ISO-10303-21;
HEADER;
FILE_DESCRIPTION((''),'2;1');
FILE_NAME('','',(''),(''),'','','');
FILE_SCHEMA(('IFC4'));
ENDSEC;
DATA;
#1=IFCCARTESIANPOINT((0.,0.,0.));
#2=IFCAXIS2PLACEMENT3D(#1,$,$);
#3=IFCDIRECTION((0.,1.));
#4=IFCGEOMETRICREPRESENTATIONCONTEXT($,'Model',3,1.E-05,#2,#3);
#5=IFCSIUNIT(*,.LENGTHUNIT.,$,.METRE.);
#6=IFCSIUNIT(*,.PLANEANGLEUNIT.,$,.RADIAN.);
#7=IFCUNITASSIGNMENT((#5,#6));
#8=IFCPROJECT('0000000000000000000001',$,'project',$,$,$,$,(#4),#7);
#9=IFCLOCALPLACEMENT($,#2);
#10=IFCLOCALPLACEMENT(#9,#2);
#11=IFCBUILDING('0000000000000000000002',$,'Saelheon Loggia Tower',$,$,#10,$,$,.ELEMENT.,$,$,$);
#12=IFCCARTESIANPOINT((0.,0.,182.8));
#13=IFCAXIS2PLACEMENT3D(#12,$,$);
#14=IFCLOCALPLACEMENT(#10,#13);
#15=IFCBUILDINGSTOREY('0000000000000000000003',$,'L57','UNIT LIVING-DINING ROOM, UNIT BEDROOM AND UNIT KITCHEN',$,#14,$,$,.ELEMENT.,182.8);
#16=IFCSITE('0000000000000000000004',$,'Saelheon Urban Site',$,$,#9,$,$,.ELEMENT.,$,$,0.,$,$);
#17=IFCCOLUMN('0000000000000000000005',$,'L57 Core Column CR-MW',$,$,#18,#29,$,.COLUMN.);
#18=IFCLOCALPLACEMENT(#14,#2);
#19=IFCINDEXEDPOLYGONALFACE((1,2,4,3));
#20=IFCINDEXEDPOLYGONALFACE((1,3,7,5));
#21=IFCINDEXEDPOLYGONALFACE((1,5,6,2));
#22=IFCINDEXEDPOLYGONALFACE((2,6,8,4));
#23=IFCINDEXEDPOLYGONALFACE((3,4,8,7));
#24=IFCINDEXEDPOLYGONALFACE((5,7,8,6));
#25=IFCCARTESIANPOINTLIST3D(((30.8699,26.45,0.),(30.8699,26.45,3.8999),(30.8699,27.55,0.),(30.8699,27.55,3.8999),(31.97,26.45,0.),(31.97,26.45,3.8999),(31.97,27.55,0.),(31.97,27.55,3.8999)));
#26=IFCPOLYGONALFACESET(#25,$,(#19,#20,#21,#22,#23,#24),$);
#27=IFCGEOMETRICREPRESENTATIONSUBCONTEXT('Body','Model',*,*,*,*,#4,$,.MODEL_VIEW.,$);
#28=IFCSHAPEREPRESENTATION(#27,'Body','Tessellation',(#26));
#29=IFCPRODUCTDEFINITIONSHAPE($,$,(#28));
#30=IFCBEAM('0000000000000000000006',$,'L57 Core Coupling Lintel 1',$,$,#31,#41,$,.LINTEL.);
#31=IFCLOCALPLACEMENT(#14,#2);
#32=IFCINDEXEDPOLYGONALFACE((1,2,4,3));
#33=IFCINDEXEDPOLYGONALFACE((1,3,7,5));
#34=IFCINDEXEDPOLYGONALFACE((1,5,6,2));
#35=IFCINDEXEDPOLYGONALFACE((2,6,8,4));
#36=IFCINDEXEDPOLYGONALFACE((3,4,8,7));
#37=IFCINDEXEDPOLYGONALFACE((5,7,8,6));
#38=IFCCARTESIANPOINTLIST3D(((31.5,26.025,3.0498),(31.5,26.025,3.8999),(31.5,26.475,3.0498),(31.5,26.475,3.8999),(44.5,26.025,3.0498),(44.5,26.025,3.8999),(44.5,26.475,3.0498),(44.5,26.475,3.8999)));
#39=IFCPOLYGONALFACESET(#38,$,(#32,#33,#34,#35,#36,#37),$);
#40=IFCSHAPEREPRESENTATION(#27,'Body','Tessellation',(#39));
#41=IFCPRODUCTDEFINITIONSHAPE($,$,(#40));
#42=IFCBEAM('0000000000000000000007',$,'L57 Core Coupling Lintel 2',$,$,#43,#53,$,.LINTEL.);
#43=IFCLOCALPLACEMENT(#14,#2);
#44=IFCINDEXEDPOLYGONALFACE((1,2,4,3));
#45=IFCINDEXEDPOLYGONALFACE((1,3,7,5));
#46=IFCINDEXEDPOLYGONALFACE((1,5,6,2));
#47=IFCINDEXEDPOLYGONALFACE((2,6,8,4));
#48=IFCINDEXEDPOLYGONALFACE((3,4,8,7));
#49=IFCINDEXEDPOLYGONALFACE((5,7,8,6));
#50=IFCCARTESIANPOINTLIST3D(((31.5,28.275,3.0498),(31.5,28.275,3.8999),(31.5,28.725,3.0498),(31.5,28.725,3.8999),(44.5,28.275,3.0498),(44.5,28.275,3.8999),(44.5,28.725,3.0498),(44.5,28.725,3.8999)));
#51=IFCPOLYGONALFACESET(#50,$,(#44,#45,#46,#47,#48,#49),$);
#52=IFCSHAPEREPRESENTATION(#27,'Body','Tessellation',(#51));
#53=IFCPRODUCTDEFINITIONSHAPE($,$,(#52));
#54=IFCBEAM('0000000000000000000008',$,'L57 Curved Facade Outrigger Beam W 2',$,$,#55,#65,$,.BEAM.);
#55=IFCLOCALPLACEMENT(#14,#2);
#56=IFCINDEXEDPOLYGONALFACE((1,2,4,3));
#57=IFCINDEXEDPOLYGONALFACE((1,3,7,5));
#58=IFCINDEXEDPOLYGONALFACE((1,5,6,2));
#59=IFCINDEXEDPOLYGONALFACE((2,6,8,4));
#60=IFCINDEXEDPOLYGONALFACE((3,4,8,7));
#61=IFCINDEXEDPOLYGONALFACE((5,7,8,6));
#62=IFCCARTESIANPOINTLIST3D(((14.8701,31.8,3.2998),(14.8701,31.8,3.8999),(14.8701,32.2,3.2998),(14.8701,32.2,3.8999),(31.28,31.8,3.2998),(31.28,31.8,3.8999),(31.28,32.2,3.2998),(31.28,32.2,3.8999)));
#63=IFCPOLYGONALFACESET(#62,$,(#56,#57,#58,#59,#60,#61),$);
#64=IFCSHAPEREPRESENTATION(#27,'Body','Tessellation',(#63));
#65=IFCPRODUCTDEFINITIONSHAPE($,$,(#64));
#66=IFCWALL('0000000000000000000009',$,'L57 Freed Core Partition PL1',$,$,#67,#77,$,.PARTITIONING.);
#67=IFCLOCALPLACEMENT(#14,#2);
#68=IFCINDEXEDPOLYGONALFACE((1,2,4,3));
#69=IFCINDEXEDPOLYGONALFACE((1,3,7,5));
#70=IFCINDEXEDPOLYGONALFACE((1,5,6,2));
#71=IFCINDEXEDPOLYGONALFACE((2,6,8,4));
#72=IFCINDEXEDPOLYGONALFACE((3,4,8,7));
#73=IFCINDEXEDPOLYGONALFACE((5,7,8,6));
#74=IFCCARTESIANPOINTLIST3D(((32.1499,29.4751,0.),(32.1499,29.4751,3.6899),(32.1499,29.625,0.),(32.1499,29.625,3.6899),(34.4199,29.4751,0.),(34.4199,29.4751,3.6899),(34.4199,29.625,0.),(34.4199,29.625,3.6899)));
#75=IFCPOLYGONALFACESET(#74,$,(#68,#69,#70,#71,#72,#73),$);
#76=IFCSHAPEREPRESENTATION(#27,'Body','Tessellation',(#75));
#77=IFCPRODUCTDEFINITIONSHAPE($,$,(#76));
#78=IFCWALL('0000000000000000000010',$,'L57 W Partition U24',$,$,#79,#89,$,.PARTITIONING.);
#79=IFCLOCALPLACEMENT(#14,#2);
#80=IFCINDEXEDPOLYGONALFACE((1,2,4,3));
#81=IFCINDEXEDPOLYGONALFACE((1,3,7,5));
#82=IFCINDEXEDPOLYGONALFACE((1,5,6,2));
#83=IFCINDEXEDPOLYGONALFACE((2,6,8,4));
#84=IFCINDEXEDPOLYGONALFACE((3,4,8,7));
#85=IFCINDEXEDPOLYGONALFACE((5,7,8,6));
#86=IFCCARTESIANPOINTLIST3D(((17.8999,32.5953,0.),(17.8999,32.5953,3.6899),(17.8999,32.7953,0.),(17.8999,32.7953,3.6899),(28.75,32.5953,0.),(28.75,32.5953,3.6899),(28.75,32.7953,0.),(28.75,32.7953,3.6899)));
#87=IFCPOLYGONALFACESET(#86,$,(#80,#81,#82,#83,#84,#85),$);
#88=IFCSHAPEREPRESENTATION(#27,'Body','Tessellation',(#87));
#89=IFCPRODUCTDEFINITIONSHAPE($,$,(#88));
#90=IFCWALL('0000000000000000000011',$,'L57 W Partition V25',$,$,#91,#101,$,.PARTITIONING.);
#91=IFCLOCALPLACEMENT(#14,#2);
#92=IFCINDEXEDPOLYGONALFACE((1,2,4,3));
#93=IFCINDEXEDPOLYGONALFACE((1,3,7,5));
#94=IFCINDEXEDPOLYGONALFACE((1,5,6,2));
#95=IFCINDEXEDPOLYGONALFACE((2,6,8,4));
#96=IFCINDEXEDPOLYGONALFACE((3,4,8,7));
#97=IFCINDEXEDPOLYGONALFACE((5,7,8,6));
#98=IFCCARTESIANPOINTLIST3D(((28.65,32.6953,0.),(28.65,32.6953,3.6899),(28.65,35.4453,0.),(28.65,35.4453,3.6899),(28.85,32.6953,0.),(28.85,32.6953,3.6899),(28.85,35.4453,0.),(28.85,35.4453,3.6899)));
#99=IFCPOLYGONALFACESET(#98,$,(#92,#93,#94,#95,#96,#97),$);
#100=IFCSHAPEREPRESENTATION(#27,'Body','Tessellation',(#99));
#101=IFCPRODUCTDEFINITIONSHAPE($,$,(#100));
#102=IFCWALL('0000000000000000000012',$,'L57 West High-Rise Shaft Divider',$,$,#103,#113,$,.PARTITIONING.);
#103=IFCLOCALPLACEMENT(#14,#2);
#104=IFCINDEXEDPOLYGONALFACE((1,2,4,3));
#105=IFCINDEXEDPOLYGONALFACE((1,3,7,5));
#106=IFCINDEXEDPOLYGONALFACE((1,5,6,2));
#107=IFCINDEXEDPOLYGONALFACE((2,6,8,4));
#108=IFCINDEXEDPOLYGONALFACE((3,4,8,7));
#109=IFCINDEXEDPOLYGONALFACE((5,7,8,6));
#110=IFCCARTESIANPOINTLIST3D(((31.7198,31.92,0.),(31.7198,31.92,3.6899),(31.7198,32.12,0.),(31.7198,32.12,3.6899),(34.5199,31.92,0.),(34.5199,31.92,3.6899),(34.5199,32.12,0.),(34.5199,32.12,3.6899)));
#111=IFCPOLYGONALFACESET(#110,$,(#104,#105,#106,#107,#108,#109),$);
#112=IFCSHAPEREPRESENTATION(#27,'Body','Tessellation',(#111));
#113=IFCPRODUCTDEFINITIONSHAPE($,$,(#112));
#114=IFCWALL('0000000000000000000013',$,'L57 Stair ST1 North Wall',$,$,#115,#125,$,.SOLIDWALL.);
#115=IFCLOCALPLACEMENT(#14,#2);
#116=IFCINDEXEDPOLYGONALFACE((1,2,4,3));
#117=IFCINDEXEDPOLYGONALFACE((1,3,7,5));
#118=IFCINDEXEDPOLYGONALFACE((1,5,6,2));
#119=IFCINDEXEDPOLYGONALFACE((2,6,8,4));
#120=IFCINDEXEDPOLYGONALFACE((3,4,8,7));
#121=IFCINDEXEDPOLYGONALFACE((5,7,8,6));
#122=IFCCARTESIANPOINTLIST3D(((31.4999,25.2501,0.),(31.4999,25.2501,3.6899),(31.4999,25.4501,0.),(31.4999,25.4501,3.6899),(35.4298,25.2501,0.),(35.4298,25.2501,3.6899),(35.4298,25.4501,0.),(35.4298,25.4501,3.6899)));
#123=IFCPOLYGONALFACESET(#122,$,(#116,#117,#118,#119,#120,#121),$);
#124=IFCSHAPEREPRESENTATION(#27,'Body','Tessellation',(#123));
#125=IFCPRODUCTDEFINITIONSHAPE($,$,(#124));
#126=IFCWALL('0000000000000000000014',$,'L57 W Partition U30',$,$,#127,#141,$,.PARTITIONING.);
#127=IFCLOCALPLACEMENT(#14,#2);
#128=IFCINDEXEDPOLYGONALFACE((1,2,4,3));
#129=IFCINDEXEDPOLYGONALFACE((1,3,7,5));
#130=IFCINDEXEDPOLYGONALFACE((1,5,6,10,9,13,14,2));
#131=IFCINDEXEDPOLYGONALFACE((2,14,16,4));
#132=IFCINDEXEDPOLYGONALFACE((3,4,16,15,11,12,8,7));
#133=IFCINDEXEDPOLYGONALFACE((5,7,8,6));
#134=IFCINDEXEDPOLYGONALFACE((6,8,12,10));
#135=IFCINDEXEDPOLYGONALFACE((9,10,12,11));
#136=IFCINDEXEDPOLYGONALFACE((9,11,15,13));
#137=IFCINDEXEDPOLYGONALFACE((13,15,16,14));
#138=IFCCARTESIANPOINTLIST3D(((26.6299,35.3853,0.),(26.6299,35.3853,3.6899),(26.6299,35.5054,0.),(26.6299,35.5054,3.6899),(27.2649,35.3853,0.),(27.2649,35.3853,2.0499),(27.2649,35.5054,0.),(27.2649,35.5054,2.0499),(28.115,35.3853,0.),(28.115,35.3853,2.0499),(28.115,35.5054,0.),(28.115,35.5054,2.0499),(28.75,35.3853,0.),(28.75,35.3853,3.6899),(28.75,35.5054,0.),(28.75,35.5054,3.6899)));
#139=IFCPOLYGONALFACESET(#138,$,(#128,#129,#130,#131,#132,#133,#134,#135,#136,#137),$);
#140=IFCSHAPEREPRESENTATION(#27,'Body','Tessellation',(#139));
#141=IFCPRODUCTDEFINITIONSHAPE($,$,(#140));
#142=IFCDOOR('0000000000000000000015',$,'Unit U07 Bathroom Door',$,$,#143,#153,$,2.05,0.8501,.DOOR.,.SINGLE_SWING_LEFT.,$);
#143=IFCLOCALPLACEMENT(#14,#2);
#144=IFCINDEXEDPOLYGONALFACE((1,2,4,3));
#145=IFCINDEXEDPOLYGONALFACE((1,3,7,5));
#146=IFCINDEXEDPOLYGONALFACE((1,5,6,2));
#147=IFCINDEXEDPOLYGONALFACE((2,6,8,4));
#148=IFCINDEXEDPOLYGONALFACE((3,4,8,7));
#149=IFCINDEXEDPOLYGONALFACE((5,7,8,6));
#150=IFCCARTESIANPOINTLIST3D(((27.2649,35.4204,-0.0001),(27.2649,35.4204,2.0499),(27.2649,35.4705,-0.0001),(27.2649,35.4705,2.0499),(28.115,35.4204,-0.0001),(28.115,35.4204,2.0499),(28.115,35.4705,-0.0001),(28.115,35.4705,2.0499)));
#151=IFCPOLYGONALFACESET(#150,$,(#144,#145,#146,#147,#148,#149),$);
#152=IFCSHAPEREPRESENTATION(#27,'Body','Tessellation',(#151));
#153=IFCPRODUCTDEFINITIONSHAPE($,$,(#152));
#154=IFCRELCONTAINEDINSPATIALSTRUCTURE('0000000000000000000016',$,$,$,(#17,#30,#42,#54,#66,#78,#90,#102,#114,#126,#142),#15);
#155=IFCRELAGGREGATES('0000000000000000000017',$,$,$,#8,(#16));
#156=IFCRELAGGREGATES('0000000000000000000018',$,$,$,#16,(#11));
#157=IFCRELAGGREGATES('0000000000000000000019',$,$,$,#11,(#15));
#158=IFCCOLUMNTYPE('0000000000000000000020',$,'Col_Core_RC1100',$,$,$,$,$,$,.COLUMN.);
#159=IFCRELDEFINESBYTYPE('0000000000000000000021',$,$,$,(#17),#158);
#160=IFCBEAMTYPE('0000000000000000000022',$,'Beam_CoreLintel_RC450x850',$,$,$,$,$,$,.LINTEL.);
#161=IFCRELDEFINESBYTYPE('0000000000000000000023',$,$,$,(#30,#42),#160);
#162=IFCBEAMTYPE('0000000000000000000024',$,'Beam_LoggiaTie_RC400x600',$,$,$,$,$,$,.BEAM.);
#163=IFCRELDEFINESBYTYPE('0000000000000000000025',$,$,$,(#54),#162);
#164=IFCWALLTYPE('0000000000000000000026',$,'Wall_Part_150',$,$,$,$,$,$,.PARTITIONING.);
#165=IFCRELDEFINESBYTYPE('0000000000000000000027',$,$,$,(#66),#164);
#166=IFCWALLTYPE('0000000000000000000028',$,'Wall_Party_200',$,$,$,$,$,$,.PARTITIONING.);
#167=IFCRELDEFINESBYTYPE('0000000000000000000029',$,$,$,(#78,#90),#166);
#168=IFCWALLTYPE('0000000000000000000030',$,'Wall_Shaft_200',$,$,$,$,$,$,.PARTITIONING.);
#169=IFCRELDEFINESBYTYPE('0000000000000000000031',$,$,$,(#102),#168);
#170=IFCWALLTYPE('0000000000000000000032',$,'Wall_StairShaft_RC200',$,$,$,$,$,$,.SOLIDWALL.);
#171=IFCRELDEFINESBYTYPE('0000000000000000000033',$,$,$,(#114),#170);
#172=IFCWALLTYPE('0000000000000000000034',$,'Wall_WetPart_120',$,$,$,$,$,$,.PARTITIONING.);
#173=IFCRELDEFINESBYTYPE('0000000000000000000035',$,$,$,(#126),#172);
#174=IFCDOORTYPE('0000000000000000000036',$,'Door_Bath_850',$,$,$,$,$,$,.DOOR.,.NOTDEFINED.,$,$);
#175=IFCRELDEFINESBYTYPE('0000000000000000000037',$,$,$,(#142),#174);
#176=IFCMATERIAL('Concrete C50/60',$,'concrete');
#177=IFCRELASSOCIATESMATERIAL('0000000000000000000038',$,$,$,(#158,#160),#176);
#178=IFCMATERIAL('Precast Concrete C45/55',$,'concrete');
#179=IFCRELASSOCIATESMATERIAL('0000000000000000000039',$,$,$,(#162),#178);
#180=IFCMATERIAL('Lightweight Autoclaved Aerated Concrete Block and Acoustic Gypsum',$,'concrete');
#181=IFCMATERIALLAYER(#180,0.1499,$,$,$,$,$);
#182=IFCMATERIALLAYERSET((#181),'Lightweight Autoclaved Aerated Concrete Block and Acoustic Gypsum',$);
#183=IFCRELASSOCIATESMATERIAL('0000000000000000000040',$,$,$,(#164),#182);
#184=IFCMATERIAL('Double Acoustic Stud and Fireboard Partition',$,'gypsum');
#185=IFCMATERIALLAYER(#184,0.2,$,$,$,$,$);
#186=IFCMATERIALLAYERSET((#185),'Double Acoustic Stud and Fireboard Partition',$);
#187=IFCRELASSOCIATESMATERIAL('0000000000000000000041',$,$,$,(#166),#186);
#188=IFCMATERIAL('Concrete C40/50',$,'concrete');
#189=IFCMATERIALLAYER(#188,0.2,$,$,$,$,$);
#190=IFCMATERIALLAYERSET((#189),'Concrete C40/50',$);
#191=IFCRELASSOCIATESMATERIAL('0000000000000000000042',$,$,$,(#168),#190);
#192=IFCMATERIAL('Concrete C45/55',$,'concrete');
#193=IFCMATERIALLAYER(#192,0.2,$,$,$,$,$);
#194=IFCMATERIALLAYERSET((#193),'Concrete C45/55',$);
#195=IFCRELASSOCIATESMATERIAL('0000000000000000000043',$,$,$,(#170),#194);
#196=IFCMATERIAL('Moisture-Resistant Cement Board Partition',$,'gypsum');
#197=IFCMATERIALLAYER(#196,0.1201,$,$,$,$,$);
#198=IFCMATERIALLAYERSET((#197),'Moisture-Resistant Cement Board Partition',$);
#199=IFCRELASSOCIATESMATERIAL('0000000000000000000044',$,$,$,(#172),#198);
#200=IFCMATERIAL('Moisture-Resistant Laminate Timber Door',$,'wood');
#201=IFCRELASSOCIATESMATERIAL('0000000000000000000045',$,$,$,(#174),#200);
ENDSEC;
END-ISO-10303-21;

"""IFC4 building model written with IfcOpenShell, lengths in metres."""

from ifc_helpers import new_model, si_unit, direction, frame, frame_2d, origin, origin_2d, place, context, subcontext, project, spatial, rectangle, extrude, source, transform, mapped, material, layer, layer_set, material_profile, profile_set, type_object, element, fill, save


model = new_model("IFC4")

# Units and contexts
model_context = context("Model", 3, precision=1e-05, world=origin(), true_north=direction((0.0, 1.0)))
body_context = subcontext(model_context, "Body", "Model", "MODEL_VIEW")
ifc_project = project(units=[si_unit("LENGTHUNIT", "METRE"), si_unit("PLANEANGLEUNIT", "RADIAN")], contexts=[model_context])

# Site, building, storey
site_placement = place(None, origin())
site = spatial("IfcSite", under=ifc_project, at=site_placement, Name="Saelheon Urban Site", CompositionType="ELEMENT", RefElevation=0.0)
building_placement = place(site_placement, origin())
building = spatial("IfcBuilding", under=site, at=building_placement, Name="Saelheon Loggia Tower", CompositionType="ELEMENT")
storey_placement = place(building_placement, frame((0.0, 0.0, 182.8)))
storey = spatial("IfcBuildingStorey", under=building, at=storey_placement, Name="L57", Description="UNIT LIVING-DINING ROOM, UNIT BEDROOM AND UNIT KITCHEN", CompositionType="ELEMENT", Elevation=182.8)

# Column
ifc_material_1 = material(Name="Concrete C50/60", Category="concrete")
ifc_material_profile_1 = material_profile(ifc_material_1, rectangle(XDim=1.1001, YDim=1.1001, at=origin_2d()), Name="RC-1100x1100")
ifc_profile_set_1 = profile_set([ifc_material_profile_1], Name="Concrete C50/60")
column_type = type_object("IfcColumnType", Name="Col_Core_RC1100", PredefinedType="COLUMN", material=ifc_profile_set_1)
shared_shape_1 = source(origin(), body_context, "Body", "SweptSolid", [
    extrude(rectangle(XDim=1.1001, YDim=1.1001, at=origin_2d()), origin(), (0.0, 0.0, 1.0), 3.8999),
])
column_placement = place(storey_placement, frame((31.4199, 27.0, 0.0), z_axis=(0.0, 0.0, 1.0), x_axis=(1.0, 0.0, 0.0)))
element("IfcColumn", 1, at=column_placement, inside=storey, type_object=column_type, Name="L57 Core Column CR-MW", PredefinedType="COLUMN", context=body_context, shape_type="MappedRepresentation", body=[
    mapped(shared_shape_1, transform((0.0, 0.0, 0.0), scale=1.0)),
])

# Beams
ifc_material_profile_2 = material_profile(ifc_material_1, rectangle(XDim=0.45, YDim=0.8501, at=origin_2d()), Name="RC-450x850")
ifc_profile_set_2 = profile_set([ifc_material_profile_2], Name="Concrete C50/60")
beam_type_1 = type_object("IfcBeamType", Name="Beam_CoreLintel_RC450x850", PredefinedType="LINTEL", material=ifc_profile_set_2)
shared_shape_2 = source(origin(), body_context, "Body", "SweptSolid", [
    extrude(rectangle(XDim=0.45, YDim=0.8501, at=origin_2d()), origin(), (0.0, 0.0, 1.0), 13.0),
])
for number, where, z_axis, x_axis, name in (
    (2, (31.5, 26.25, 3.4749), (1.0, 0.0, 0.0), (0.0, 1.0, 0.0), "L57 Core Coupling Lintel 1"),
    (3, (31.5, 28.5, 3.4749), (1.0, 0.0, 0.0), (0.0, 1.0, 0.0), "L57 Core Coupling Lintel 2"),
):
    element("IfcBeam", number, at=place(storey_placement, frame(where, z_axis=z_axis, x_axis=x_axis)), inside=storey, type_object=beam_type_1, Name=name, PredefinedType="LINTEL", context=body_context, shape_type="MappedRepresentation", body=[
        mapped(shared_shape_2, transform((0.0, 0.0, 0.0), scale=1.0)),
    ])
ifc_material_2 = material(Name="Precast Concrete C45/55", Category="concrete")
ifc_material_profile_3 = material_profile(ifc_material_2, rectangle(XDim=0.3999, YDim=0.6001, at=origin_2d()), Name="RC-400x600")
ifc_profile_set_3 = profile_set([ifc_material_profile_3], Name="Precast Concrete C45/55")
beam_type_2 = type_object("IfcBeamType", Name="Beam_LoggiaTie_RC400x600", PredefinedType="BEAM", material=ifc_profile_set_3)
shared_shape_3 = source(origin(), body_context, "Body", "SweptSolid", [
    extrude(rectangle(XDim=0.3999, YDim=0.6001, at=origin_2d()), origin(), (0.0, 0.0, 1.0), 16.4099),
])
beam_placement = place(storey_placement, frame((31.28, 32.0, 3.5999), z_axis=(-1.0, 0.0, 0.0), x_axis=(0.0, -1.0, 0.0)))
element("IfcBeam", 4, at=beam_placement, inside=storey, type_object=beam_type_2, Name="L57 Curved Facade Outrigger Beam W 2", PredefinedType="BEAM", context=body_context, shape_type="MappedRepresentation", body=[
    mapped(shared_shape_3, transform((0.0, 0.0, 0.0), scale=1.0)),
])

# Walls
ifc_material_3 = material(Name="Lightweight Autoclaved Aerated Concrete Block and Acoustic Gypsum", Category="concrete")
ifc_layer_1 = layer(ifc_material_3, 0.1499)
ifc_layer_set_1 = layer_set([ifc_layer_1], Name="Lightweight Autoclaved Aerated Concrete Block and Acoustic Gypsum")
wall_type_1 = type_object("IfcWallType", Name="Wall_Part_150", PredefinedType="PARTITIONING", material=ifc_layer_set_1)
wall_1_placement = place(storey_placement, frame((32.1499, 29.55, 0.0), z_axis=(0.0, 0.0, 1.0), x_axis=(1.0, 0.0, 0.0)))
element("IfcWall", 5, at=wall_1_placement, inside=storey, type_object=wall_type_1, Name="L57 Freed Core Partition PL1", PredefinedType="PARTITIONING", context=body_context, shape_type="SweptSolid", body=[
    extrude(rectangle(XDim=2.27, YDim=0.1499, at=frame_2d((1.135, 0.0))), origin(), (0.0, 0.0, 1.0), 3.6899),
])
ifc_material_4 = material(Name="Double Acoustic Stud and Fireboard Partition", Category="gypsum")
ifc_layer_2 = layer(ifc_material_4, 0.2)
ifc_layer_set_2 = layer_set([ifc_layer_2], Name="Double Acoustic Stud and Fireboard Partition")
wall_type_2 = type_object("IfcWallType", Name="Wall_Party_200", PredefinedType="PARTITIONING", material=ifc_layer_set_2)
wall_2_placement = place(storey_placement, frame((28.75, 32.6953, 0.0), z_axis=(0.0, 0.0, 1.0), x_axis=(-1.0, 0.0, 0.0)))
element("IfcWall", 6, at=wall_2_placement, inside=storey, type_object=wall_type_2, Name="L57 W Partition U24", PredefinedType="PARTITIONING", context=body_context, shape_type="SweptSolid", body=[
    extrude(rectangle(XDim=10.8501, YDim=0.2, at=frame_2d((5.425, 0.0))), origin(), (0.0, 0.0, 1.0), 3.6899),
])
wall_3_placement = place(storey_placement, frame((28.75, 32.6953, 0.0), z_axis=(0.0, 0.0, 1.0), x_axis=(0.0, 1.0, 0.0)))
element("IfcWall", 7, at=wall_3_placement, inside=storey, type_object=wall_type_2, Name="L57 W Partition V25", PredefinedType="PARTITIONING", context=body_context, shape_type="SweptSolid", body=[
    extrude(rectangle(XDim=2.75, YDim=0.2, at=frame_2d((1.375, 0.0))), origin(), (0.0, 0.0, 1.0), 3.6899),
])

# Shared definitions
ifc_material_5 = material(Name="Concrete C40/50", Category="concrete")
ifc_layer_3 = layer(ifc_material_5, 0.2)
ifc_layer_set_3 = layer_set([ifc_layer_3], Name="Concrete C40/50")
wall_type_3 = type_object("IfcWallType", Name="Wall_Shaft_200", PredefinedType="PARTITIONING", material=ifc_layer_set_3)

# Walls
wall_4_placement = place(storey_placement, frame((31.72, 32.02, 0.0), z_axis=(0.0, 0.0, 1.0), x_axis=(1.0, 0.0, 0.0)))
element("IfcWall", 8, at=wall_4_placement, inside=storey, type_object=wall_type_3, Name="L57 West High-Rise Shaft Divider", PredefinedType="PARTITIONING", context=body_context, shape_type="SweptSolid", body=[
    extrude(rectangle(XDim=2.8, YDim=0.2, at=frame_2d((1.3999, 0.0))), origin(), (0.0, 0.0, 1.0), 3.6899),
])
ifc_material_6 = material(Name="Concrete C45/55", Category="concrete")
ifc_layer_4 = layer(ifc_material_6, 0.2)
ifc_layer_set_4 = layer_set([ifc_layer_4], Name="Concrete C45/55")
wall_type_4 = type_object("IfcWallType", Name="Wall_StairShaft_RC200", PredefinedType="SOLIDWALL", material=ifc_layer_set_4)
wall_5_placement = place(storey_placement, frame((31.5, 25.3501, 0.0), z_axis=(0.0, 0.0, 1.0), x_axis=(1.0, 0.0, 0.0)))
element("IfcWall", 9, at=wall_5_placement, inside=storey, type_object=wall_type_4, Name="L57 Stair ST1 North Wall", PredefinedType="SOLIDWALL", context=body_context, shape_type="SweptSolid", body=[
    extrude(rectangle(XDim=3.9299, YDim=0.2, at=frame_2d((1.9648, 0.0))), origin(), (0.0, 0.0, 1.0), 3.6899),
])

# Wall, opening, door
ifc_material_7 = material(Name="Moisture-Resistant Cement Board Partition", Category="gypsum")
ifc_layer_5 = layer(ifc_material_7, 0.1201)
ifc_layer_set_5 = layer_set([ifc_layer_5], Name="Moisture-Resistant Cement Board Partition")
wall_type_5 = type_object("IfcWallType", Name="Wall_WetPart_120", PredefinedType="PARTITIONING", material=ifc_layer_set_5)
wall_6_placement = place(storey_placement, frame((28.75, 35.4453, 0.0), z_axis=(0.0, 0.0, 1.0), x_axis=(-1.0, 0.0, 0.0)))
wall_6 = element("IfcWall", 10, at=wall_6_placement, inside=storey, type_object=wall_type_5, Name="L57 W Partition U30", PredefinedType="PARTITIONING", context=body_context, shape_type="SweptSolid", body=[
    extrude(rectangle(XDim=2.1201, YDim=0.1201, at=frame_2d((1.0601, 0.0))), origin(), (0.0, 0.0, 1.0), 3.6899),
])
opening_1_placement = place(wall_6_placement, frame((0.635, 0.0, 0.0)))
opening_1 = element("IfcOpeningElement", 11, at=opening_1_placement, cuts=wall_6, PredefinedType="OPENING", context=body_context, shape_type="SweptSolid", body=[
    extrude(rectangle(XDim=0.8501, YDim=2.05, at=frame_2d((0.425, 1.0249))), frame((0.0, 0.072, 0.0), z_axis=(0.0, -1.0, 0.0), x_axis=(1.0, 0.0, 0.0)), (0.0, 0.0, 1.0), 0.144),
])
ifc_material_8 = material(Name="Moisture-Resistant Laminate Timber Door", Category="wood")
door_type_1 = type_object("IfcDoorType", Name="Door_Bath_850", OperationType="NOTDEFINED", PredefinedType="DOOR", material=ifc_material_8)
shared_shape_4 = source(origin(), body_context, "Body", "SweptSolid", [
    extrude(rectangle(XDim=0.8501, YDim=2.05, at=frame_2d((0.425, 1.0249))), frame((0.0, 0.0249, 0.0), z_axis=(0.0, -1.0, 0.0), x_axis=(1.0, 0.0, 0.0)), (0.0, 0.0, 1.0), 0.05),
])
door_1_placement = place(opening_1_placement, origin())
door_1 = element("IfcDoor", 12, at=door_1_placement, inside=storey, type_object=door_type_1, Name="Unit U07 Bathroom Door", OperationType="SINGLE_SWING_LEFT", OverallHeight=2.05, OverallWidth=0.8501, PredefinedType="DOOR", context=body_context, shape_type="MappedRepresentation", body=[
    mapped(shared_shape_4, transform((0.0, 0.0, 0.0), scale=1.0)),
])
fill(opening_1, door_1)

save(model, "model.ifc")
